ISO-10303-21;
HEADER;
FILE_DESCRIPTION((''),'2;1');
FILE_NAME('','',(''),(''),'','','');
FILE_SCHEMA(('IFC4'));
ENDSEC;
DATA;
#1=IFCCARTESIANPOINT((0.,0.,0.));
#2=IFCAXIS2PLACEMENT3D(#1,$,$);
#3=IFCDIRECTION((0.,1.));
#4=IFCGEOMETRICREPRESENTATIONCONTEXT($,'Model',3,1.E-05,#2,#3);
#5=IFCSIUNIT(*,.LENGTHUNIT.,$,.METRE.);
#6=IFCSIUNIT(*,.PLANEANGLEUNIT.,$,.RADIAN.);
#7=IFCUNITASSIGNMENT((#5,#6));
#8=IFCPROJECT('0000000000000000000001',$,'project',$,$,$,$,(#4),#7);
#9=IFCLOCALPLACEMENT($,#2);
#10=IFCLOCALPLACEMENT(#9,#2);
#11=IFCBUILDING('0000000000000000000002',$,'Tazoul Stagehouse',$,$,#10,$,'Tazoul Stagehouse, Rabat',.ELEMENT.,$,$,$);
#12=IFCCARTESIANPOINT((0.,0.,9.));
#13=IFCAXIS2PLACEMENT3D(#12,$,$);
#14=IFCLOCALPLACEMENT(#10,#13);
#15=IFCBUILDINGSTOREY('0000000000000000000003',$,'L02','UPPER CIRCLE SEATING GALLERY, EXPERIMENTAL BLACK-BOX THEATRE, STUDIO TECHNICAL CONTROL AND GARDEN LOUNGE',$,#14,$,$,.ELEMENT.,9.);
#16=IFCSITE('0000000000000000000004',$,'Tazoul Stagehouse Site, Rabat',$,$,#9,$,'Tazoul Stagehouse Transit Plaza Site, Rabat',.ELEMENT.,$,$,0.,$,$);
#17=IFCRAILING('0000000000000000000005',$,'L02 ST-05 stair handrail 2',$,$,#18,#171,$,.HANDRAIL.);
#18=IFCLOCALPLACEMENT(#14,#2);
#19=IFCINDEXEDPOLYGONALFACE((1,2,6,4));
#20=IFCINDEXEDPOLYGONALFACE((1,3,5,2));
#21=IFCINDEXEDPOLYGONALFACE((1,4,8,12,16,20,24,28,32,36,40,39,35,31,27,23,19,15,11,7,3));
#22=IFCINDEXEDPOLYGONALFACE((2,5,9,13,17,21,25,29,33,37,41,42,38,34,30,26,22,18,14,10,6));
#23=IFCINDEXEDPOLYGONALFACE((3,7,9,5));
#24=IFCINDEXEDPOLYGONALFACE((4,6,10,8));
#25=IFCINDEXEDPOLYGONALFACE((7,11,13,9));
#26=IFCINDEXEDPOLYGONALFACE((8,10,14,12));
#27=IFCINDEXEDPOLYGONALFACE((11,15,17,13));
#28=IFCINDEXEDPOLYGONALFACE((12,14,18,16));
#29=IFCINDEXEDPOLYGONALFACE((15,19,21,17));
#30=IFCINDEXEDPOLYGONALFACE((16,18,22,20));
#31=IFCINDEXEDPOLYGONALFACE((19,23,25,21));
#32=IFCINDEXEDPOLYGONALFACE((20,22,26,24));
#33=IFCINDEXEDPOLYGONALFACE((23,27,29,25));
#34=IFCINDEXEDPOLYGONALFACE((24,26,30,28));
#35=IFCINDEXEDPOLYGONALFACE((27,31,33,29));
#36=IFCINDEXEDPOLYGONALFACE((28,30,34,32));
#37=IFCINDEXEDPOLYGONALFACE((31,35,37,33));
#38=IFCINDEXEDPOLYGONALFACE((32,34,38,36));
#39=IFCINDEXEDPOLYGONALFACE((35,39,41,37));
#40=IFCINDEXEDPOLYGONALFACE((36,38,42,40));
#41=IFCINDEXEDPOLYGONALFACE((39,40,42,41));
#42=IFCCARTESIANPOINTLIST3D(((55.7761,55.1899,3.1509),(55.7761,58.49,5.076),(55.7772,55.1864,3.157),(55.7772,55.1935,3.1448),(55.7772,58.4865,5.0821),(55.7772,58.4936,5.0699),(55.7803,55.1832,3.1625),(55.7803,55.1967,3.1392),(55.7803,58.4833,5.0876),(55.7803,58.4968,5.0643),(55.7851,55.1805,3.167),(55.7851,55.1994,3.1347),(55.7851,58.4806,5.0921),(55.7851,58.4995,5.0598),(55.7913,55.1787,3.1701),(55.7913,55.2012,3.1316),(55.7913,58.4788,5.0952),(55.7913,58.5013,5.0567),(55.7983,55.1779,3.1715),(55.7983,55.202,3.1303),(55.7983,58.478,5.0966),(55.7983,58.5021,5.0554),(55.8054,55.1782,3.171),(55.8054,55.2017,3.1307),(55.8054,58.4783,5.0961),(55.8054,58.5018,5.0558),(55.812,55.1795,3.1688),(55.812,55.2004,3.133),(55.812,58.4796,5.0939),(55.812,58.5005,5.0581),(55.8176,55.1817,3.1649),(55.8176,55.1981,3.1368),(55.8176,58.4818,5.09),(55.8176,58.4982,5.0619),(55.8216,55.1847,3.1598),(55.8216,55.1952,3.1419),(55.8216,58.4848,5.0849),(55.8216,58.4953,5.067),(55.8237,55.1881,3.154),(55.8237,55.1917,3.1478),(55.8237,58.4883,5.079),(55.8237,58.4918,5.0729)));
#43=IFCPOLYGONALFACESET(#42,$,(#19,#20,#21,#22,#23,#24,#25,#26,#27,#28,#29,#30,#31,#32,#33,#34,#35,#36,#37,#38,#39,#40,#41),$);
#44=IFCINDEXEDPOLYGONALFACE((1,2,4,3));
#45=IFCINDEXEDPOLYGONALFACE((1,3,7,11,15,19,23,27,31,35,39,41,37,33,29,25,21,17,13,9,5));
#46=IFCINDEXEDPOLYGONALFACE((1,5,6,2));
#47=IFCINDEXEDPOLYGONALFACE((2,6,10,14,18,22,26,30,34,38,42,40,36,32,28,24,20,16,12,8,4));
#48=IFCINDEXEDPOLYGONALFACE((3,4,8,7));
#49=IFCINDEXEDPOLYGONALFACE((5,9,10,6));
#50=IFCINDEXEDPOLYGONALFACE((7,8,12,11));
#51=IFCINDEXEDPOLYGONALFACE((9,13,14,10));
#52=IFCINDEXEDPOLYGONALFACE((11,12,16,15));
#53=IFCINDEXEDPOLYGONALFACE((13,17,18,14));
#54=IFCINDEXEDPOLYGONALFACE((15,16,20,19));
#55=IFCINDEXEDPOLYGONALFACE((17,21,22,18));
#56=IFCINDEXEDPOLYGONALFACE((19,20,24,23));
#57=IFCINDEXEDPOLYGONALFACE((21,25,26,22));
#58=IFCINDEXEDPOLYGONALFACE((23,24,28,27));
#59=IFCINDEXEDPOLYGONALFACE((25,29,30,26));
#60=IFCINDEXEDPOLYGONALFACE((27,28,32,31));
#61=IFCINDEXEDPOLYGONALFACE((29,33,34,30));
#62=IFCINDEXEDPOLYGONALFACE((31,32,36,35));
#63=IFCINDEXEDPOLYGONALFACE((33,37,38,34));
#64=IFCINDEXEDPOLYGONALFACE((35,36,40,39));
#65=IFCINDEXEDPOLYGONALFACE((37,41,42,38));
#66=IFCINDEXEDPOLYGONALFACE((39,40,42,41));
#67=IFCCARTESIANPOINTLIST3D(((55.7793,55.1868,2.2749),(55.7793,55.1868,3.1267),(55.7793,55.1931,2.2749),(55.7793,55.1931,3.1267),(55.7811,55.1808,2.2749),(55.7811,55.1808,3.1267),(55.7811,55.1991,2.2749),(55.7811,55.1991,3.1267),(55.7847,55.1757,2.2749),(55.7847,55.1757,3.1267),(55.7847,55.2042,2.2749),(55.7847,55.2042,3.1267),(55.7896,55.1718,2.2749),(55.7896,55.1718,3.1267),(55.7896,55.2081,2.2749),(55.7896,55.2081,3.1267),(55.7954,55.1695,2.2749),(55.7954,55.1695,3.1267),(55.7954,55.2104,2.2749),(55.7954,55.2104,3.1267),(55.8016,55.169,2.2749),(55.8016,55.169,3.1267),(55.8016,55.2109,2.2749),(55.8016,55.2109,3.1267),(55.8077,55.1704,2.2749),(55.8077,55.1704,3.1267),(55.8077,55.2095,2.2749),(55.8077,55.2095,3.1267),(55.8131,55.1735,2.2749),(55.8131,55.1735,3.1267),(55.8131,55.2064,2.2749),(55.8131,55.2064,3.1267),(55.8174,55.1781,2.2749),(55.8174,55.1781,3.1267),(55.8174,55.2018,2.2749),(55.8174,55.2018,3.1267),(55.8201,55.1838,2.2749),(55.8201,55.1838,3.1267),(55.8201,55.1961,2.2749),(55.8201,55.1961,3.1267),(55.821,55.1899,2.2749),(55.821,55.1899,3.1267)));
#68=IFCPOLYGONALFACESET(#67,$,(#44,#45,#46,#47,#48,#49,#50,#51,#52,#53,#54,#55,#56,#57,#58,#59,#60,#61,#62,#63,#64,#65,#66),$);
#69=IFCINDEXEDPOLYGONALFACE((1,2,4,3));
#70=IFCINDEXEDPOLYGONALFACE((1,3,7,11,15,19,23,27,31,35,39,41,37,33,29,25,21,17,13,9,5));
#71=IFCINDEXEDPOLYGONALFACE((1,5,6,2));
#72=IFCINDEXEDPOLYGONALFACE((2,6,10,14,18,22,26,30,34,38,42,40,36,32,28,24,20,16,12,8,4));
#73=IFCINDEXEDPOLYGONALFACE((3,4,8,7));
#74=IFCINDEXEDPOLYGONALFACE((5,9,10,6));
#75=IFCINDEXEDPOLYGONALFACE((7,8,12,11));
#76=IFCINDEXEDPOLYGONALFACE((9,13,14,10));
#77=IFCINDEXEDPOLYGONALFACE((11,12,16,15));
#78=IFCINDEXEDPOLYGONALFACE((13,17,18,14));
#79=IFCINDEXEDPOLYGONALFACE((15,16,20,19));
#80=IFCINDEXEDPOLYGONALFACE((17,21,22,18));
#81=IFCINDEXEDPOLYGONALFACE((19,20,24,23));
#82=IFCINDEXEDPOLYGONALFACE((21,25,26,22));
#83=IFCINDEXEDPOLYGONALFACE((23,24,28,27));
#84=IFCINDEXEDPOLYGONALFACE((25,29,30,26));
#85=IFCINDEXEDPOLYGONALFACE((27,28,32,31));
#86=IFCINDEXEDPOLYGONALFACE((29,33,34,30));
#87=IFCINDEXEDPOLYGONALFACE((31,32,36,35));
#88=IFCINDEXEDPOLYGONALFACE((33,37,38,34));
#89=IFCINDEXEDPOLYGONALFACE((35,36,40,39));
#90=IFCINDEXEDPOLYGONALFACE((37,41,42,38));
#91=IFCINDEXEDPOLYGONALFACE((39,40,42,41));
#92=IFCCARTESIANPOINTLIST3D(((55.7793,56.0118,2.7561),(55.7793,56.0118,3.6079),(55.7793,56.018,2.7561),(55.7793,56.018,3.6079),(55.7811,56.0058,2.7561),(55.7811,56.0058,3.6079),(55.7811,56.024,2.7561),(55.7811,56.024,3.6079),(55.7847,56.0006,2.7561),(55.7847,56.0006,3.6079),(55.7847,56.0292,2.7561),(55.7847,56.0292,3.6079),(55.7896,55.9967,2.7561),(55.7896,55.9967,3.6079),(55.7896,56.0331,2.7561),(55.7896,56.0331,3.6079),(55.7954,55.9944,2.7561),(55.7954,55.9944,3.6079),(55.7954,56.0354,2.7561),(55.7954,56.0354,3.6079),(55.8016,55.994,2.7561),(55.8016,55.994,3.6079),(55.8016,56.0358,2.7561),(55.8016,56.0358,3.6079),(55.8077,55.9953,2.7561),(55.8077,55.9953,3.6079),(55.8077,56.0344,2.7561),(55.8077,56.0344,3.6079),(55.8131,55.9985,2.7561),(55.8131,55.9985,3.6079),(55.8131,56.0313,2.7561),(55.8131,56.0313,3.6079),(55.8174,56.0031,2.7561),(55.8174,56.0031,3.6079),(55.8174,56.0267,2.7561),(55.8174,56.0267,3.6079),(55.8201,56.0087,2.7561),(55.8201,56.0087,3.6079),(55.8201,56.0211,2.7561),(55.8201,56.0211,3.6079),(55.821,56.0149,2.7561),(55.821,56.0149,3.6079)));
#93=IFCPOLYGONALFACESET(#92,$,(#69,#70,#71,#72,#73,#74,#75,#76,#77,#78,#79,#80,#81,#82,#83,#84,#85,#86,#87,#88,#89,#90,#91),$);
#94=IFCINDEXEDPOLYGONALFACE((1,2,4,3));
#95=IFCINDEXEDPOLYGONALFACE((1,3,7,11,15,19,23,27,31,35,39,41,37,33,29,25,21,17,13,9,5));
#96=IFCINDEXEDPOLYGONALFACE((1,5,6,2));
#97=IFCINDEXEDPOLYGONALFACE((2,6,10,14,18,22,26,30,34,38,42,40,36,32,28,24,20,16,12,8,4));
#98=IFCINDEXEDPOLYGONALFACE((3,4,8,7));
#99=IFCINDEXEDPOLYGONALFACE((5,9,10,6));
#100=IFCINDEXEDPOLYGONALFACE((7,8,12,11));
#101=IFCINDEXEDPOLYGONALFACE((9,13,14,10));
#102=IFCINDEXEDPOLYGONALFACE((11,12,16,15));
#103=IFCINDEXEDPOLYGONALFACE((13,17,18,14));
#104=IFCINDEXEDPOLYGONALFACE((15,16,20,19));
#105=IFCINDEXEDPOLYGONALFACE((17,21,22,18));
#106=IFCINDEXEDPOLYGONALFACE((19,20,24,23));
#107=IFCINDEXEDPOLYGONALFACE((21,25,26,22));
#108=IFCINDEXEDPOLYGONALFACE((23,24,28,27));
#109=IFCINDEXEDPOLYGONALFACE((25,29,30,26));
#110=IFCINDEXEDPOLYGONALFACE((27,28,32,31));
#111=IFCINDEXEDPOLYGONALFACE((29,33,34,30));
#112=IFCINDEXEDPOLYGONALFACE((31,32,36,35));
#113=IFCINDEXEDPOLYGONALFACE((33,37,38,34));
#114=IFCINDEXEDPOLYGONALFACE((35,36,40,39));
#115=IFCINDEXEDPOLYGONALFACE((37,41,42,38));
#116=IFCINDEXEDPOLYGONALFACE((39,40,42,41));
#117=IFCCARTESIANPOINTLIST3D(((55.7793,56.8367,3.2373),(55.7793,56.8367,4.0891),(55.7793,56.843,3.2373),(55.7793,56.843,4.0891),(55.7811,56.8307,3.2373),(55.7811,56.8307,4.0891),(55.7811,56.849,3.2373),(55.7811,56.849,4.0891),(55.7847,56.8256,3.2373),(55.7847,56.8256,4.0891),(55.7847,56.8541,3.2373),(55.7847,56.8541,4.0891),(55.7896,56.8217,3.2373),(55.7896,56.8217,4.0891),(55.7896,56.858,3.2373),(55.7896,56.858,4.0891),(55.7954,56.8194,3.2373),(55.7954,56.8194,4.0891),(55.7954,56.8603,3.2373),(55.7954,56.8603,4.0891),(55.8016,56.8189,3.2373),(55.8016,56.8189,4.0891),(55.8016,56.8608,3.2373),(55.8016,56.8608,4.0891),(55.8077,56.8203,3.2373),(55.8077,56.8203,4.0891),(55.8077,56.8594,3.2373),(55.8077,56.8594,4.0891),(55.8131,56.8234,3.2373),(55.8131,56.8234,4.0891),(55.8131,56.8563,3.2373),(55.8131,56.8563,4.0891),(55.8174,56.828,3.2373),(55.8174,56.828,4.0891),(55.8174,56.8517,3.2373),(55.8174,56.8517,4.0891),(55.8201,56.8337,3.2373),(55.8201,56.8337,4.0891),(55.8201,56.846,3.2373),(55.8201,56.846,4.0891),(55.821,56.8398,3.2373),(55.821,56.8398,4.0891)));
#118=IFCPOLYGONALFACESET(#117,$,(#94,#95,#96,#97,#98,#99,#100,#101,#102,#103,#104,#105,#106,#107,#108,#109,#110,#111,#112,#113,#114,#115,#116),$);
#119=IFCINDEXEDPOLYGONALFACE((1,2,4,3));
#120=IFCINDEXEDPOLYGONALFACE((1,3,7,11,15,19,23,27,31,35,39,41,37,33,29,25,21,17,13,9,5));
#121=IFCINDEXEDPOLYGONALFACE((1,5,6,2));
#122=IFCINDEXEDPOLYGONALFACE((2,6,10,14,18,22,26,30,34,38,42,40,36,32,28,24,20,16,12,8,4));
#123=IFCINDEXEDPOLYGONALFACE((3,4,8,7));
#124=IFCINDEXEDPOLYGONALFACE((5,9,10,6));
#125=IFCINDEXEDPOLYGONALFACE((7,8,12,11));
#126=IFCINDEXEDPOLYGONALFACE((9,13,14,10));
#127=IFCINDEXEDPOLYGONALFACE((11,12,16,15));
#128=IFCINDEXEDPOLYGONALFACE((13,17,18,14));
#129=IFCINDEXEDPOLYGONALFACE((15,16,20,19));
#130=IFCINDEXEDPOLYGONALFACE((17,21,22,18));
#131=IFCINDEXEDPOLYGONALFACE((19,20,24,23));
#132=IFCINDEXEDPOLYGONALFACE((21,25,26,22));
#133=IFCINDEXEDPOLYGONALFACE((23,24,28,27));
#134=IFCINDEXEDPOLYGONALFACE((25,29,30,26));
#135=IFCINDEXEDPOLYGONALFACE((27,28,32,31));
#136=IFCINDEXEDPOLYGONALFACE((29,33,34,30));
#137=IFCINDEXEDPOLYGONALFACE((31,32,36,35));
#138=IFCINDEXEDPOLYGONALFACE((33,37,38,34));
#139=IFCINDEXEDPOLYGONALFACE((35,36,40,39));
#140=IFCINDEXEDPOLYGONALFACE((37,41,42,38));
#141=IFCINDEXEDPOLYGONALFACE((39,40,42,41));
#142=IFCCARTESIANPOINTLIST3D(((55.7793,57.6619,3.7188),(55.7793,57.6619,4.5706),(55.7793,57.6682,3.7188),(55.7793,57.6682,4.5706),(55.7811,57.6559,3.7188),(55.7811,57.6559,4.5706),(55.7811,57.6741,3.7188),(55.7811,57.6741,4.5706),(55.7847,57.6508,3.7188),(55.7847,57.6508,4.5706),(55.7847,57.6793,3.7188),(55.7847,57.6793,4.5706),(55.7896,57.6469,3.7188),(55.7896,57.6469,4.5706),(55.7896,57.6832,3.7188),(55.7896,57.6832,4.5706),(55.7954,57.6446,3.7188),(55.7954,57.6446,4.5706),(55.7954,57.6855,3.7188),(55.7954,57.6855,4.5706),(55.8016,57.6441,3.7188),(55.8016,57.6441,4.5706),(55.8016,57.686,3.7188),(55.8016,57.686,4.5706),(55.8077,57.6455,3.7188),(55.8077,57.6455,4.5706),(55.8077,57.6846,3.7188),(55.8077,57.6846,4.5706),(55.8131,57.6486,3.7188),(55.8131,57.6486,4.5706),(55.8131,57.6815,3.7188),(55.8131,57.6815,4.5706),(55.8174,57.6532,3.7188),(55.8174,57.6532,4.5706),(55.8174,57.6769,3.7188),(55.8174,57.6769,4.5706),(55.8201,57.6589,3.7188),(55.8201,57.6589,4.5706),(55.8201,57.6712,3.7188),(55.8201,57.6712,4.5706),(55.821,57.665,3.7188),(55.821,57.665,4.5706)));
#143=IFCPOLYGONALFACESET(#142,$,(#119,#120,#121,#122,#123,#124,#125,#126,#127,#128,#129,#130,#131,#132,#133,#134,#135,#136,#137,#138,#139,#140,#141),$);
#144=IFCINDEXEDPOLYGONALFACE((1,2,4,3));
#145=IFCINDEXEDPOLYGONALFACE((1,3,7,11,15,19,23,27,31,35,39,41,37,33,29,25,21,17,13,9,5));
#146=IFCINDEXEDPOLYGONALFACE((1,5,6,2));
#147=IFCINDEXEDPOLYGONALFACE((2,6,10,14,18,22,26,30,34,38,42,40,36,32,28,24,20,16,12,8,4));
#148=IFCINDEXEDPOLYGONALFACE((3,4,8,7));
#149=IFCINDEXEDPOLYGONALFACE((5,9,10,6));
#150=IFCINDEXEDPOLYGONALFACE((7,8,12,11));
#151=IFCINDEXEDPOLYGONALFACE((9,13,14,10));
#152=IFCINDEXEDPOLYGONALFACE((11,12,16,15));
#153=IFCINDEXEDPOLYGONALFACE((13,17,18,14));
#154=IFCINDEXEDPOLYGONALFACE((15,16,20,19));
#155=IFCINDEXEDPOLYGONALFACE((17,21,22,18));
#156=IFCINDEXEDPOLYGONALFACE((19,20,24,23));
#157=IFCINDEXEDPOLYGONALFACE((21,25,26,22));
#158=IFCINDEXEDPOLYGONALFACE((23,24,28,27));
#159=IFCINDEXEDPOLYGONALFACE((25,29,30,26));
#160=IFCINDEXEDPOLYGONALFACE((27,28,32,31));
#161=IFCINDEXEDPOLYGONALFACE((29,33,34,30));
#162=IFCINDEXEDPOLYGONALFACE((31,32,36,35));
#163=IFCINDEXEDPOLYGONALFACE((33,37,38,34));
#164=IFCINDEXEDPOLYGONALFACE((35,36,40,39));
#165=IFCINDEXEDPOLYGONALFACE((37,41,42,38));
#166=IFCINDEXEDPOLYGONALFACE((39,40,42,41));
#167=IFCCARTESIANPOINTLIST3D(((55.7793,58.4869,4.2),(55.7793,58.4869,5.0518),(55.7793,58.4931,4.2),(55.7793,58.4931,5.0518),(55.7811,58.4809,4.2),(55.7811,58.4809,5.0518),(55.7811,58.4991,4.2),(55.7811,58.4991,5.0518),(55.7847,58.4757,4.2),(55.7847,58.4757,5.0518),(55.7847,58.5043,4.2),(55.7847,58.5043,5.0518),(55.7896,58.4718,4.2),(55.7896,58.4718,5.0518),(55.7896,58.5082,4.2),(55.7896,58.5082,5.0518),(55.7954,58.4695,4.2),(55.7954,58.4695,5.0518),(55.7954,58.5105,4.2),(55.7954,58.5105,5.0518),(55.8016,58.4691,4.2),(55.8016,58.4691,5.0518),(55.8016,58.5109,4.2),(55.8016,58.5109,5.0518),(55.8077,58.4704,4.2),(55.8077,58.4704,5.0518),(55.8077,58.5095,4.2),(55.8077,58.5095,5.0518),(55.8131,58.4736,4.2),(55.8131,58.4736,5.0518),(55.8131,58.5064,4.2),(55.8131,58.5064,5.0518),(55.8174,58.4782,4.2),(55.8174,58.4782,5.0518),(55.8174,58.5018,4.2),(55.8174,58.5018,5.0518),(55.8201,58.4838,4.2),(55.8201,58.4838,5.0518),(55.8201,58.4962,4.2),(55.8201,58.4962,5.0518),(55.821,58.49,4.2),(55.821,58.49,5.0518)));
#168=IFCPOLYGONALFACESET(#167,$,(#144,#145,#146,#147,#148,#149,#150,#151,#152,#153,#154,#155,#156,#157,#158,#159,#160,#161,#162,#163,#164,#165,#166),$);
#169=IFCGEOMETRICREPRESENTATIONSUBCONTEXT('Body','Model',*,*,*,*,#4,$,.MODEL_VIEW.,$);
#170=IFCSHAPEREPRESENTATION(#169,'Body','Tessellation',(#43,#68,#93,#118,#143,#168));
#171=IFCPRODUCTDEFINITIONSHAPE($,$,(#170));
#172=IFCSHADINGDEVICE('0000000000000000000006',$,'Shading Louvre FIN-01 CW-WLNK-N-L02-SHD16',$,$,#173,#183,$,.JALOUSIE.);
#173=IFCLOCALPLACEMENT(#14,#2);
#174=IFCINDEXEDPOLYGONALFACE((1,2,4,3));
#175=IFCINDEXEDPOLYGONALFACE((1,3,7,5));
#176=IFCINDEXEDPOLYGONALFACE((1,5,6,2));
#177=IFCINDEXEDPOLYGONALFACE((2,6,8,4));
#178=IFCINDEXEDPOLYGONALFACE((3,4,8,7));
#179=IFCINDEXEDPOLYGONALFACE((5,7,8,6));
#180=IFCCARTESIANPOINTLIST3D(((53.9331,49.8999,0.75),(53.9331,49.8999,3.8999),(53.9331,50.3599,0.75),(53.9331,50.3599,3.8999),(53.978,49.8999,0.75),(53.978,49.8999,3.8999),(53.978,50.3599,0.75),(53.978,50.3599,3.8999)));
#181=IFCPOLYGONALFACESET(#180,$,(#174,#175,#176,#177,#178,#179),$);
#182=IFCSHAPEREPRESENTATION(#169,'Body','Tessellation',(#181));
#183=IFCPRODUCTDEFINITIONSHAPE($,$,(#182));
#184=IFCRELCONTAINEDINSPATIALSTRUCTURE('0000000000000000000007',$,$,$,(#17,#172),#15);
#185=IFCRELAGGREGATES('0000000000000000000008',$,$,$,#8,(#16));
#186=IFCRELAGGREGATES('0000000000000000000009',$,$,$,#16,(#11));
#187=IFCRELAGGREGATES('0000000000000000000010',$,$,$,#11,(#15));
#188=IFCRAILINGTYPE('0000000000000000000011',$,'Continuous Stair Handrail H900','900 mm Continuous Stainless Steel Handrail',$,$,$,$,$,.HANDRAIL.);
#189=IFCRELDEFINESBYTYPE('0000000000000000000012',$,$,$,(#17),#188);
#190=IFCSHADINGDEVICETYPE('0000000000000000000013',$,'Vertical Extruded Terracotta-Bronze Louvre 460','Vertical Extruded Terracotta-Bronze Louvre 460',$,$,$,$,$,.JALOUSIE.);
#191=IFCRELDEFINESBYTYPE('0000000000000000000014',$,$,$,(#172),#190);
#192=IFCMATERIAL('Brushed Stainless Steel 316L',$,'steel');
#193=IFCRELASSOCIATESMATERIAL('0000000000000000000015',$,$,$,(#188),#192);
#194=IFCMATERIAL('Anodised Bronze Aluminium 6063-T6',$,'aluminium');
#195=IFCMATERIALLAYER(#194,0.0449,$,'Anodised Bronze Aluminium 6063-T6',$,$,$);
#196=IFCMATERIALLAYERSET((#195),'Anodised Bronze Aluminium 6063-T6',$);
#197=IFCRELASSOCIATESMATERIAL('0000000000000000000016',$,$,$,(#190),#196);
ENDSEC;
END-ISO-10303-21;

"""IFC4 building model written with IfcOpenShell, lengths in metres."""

from ifc_helpers import new_model, si_unit, direction, frame, origin, origin_2d, place, context, subcontext, project, spatial, rectangle, circle, extrude, material, layer, layer_set, material_profile, profile_set, type_object, element, save


model = new_model("IFC4")

# Units and contexts
model_context = context("Model", 3, precision=1e-05, world=origin(), true_north=direction((0.0, 1.0)))
body_context = subcontext(model_context, "Body", "Model", "MODEL_VIEW")
ifc_project = project(units=[si_unit("LENGTHUNIT", "METRE"), si_unit("PLANEANGLEUNIT", "RADIAN")], contexts=[model_context])

# Site, building, storey
site_placement = place(None, origin())
site = spatial("IfcSite", under=ifc_project, at=site_placement, Name="Tazoul Stagehouse Site, Rabat", LongName="Tazoul Stagehouse Transit Plaza Site, Rabat", CompositionType="ELEMENT", RefElevation=0.0)
building_placement = place(site_placement, origin())
building = spatial("IfcBuilding", under=site, at=building_placement, Name="Tazoul Stagehouse", LongName="Tazoul Stagehouse, Rabat", CompositionType="ELEMENT")
storey_placement = place(building_placement, frame((0.0, 0.0, 9.0)))
storey = spatial("IfcBuildingStorey", under=building, at=storey_placement, Name="L02", Description="UPPER CIRCLE SEATING GALLERY, EXPERIMENTAL BLACK-BOX THEATRE, STUDIO TECHNICAL CONTROL AND GARDEN LOUNGE", CompositionType="ELEMENT", Elevation=9.0)

# Shared definitions
ifc_material_1 = material(Name="Anodised Bronze Aluminium 6063-T6", Category="aluminium")

# Railing
ifc_material_2 = material(Name="Brushed Stainless Steel 316L", Category="steel")
ifc_material_profile_1 = material_profile(ifc_material_2, circle(Radius=0.021, at=origin_2d()), Name="SS HANDRAIL D42")
ifc_profile_set_1 = profile_set([ifc_material_profile_1], Name="Brushed Stainless Steel 316L")
railing_type_1 = type_object("IfcRailingType", Name="Continuous Stair Handrail H900", Description="900 mm Continuous Stainless Steel Handrail", PredefinedType="HANDRAIL", material=ifc_profile_set_1)
railing_1_placement = place(storey_placement, frame((55.8, 55.1899, 2.2749)))
element("IfcRailing", 1, at=railing_1_placement, inside=storey, type_object=railing_type_1, Name="L02 ST-05 stair handrail 2", PredefinedType="HANDRAIL", context=body_context, shape_type="SweptSolid", body=[
    extrude(circle(Radius=0.0239, at=origin_2d()), frame((0.0, 0.0, 0.876), z_axis=(0.0, 0.863777, 0.503875), x_axis=(-1.0, 0.0, 0.0)), (0.0, 0.0, 1.0), 3.8206),
    extrude(circle(Radius=0.021, at=origin_2d()), origin(), (0.0, 0.0, 1.0), 0.8518),
    extrude(circle(Radius=0.021, at=origin_2d()), frame((0.0, 0.825, 0.4812)), (0.0, 0.0, 1.0), 0.8518),
    extrude(circle(Radius=0.021, at=origin_2d()), frame((0.0, 1.6499, 0.9624)), (0.0, 0.0, 1.0), 0.8518),
    extrude(circle(Radius=0.021, at=origin_2d()), frame((0.0, 2.4751, 1.4438)), (0.0, 0.0, 1.0), 0.8518),
    extrude(circle(Radius=0.021, at=origin_2d()), frame((0.0, 3.3, 1.925)), (0.0, 0.0, 1.0), 0.8518),
])

# Shading device
ifc_layer_1 = layer(ifc_material_1, 0.0449, Name="Anodised Bronze Aluminium 6063-T6")
ifc_layer_set_1 = layer_set([ifc_layer_1], Name="Anodised Bronze Aluminium 6063-T6")
shading_device_type_1 = type_object("IfcShadingDeviceType", Name="Vertical Extruded Terracotta-Bronze Louvre 460", Description="Vertical Extruded Terracotta-Bronze Louvre 460", PredefinedType="JALOUSIE", material=ifc_layer_set_1)
shading_device_1_placement = place(storey_placement, frame((53.9556, 50.1299, 0.75), z_axis=(0.0, 0.0, 1.0), x_axis=(1.0, 0.0, 0.0)))
element("IfcShadingDevice", 2, at=shading_device_1_placement, inside=storey, type_object=shading_device_type_1, Name="Shading Louvre FIN-01 CW-WLNK-N-L02-SHD16", PredefinedType="JALOUSIE", context=body_context, shape_type="SweptSolid", body=[
    extrude(rectangle(XDim=0.0449, YDim=0.46, at=origin_2d()), origin(), (0.0, 0.0, 1.0), 3.1499),
])

save(model, "model.ifc")
